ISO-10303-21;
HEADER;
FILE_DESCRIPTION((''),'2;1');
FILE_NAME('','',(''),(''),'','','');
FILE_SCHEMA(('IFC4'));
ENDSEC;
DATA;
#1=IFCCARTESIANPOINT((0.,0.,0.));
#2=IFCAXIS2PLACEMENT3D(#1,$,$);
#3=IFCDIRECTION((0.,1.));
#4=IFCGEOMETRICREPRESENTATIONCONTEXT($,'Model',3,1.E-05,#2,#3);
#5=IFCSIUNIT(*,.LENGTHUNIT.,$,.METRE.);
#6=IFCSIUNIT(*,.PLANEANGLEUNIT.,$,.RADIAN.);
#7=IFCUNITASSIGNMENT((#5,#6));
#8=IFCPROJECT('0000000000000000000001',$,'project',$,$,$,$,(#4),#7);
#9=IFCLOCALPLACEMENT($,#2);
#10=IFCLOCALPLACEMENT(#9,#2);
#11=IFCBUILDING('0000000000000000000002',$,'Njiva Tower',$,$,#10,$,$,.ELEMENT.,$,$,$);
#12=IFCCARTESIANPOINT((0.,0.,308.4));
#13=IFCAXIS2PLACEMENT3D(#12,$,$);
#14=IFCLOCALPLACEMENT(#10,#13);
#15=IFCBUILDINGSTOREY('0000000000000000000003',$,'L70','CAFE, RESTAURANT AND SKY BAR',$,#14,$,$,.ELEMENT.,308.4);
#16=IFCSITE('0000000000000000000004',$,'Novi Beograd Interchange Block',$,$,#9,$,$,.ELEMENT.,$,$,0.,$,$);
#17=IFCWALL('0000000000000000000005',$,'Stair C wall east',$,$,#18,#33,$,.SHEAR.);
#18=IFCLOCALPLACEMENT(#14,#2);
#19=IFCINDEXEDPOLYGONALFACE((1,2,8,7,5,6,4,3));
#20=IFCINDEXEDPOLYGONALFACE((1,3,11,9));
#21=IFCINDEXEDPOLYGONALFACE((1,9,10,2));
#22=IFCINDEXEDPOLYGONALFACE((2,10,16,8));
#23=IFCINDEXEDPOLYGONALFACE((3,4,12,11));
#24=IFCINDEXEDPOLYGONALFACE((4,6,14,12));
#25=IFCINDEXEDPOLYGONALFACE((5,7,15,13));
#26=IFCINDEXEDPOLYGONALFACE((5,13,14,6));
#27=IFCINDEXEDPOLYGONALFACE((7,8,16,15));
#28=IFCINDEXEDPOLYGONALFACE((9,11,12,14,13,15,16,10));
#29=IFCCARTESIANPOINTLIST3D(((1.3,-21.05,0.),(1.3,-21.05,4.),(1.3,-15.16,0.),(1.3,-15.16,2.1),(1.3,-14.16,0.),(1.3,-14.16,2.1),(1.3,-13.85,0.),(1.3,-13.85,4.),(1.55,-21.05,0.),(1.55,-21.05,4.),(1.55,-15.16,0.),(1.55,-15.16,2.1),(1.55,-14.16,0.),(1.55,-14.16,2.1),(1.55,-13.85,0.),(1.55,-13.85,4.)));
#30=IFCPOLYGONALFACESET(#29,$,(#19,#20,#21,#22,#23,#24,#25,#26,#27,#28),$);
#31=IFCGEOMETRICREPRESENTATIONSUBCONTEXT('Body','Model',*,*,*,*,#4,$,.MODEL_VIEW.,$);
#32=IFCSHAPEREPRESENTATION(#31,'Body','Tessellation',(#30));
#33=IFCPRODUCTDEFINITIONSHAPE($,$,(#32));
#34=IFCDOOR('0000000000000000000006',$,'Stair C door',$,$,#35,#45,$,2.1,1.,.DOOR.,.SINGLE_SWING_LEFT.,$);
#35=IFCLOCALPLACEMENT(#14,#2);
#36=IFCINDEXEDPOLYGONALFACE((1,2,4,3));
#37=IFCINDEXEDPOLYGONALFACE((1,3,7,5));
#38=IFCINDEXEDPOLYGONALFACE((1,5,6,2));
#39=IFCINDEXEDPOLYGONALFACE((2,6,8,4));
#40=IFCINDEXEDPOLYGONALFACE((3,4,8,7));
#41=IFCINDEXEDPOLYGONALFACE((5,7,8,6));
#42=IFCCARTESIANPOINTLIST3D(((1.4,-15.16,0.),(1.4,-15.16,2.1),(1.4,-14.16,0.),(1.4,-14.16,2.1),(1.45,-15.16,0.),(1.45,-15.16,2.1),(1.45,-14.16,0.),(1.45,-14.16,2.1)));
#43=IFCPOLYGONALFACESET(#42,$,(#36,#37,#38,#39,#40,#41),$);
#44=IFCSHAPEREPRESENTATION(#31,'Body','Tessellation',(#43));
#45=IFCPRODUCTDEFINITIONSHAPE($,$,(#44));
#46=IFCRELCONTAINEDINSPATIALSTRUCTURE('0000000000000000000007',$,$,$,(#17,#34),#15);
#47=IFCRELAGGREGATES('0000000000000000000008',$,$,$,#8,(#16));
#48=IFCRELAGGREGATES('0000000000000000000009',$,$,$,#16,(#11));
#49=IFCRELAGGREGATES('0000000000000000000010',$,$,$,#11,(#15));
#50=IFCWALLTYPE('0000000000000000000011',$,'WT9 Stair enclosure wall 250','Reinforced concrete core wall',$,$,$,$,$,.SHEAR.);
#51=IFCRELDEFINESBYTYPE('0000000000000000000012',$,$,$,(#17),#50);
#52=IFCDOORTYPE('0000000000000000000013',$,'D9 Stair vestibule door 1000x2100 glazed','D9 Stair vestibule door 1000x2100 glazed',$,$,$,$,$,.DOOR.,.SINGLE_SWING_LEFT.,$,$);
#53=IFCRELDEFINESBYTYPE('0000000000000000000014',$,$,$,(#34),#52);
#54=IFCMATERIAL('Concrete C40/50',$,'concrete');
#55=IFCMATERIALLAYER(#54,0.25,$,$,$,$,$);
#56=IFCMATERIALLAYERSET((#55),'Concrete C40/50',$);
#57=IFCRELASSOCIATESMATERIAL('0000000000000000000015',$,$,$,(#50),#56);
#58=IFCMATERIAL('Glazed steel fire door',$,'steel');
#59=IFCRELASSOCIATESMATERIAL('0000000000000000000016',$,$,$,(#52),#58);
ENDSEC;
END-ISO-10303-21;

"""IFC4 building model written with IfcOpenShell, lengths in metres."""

from ifc_helpers import new_model, si_unit, direction, frame, frame_2d, origin, place, context, subcontext, project, spatial, rectangle, extrude, material, layer, layer_set, type_object, element, fill, save


model = new_model("IFC4")

# Units and contexts
model_context = context("Model", 3, precision=1e-05, world=origin(), true_north=direction((0.0, 1.0)))
body_context = subcontext(model_context, "Body", "Model", "MODEL_VIEW")
ifc_project = project(units=[si_unit("LENGTHUNIT", "METRE"), si_unit("PLANEANGLEUNIT", "RADIAN")], contexts=[model_context])

# Site, building, storey
site_placement = place(None, origin())
site = spatial("IfcSite", under=ifc_project, at=site_placement, Name="Novi Beograd Interchange Block", CompositionType="ELEMENT", RefElevation=0.0)
building_placement = place(site_placement, origin())
building = spatial("IfcBuilding", under=site, at=building_placement, Name="Njiva Tower", CompositionType="ELEMENT")
storey_placement = place(building_placement, frame((0.0, 0.0, 308.4)))
storey = spatial("IfcBuildingStorey", under=building, at=storey_placement, Name="L70", Description="CAFE, RESTAURANT AND SKY BAR", CompositionType="ELEMENT", Elevation=308.4)

# Wall, opening, door
ifc_material_1 = material(Name="Concrete C40/50", Category="concrete")
ifc_layer_1 = layer(ifc_material_1, 0.25)
ifc_layer_set_1 = layer_set([ifc_layer_1], Name="Concrete C40/50")
wall_type_1 = type_object("IfcWallType", Name="WT9 Stair enclosure wall 250", Description="Reinforced concrete core wall", PredefinedType="SHEAR", material=ifc_layer_set_1)
wall_1_placement = place(storey_placement, frame((1.425, -21.05, 0.0), z_axis=(0.0, 0.0, 1.0), x_axis=(0.0, 1.0, 0.0)))
wall_1 = element("IfcWall", 1, at=wall_1_placement, inside=storey, type_object=wall_type_1, Name="Stair C wall east", PredefinedType="SHEAR", context=body_context, shape_type="SweptSolid", body=[
    extrude(rectangle(XDim=7.2, YDim=0.25, at=frame_2d((3.6, 0.0))), origin(), (0.0, 0.0, 1.0), 4.0),
])
opening_1_placement = place(wall_1_placement, frame((5.89, 0.0, 0.0)))
opening_1 = element("IfcOpeningElement", 2, at=opening_1_placement, cuts=wall_1, PredefinedType="OPENING", context=body_context, shape_type="SweptSolid", body=[
    extrude(rectangle(XDim=1.0, YDim=2.1, at=frame_2d((0.5, 1.05))), frame((0.0, 0.135, 0.0), z_axis=(0.0, -1.0, 0.0), x_axis=(1.0, 0.0, 0.0)), (0.0, 0.0, 1.0), 0.27),
])
ifc_material_2 = material(Name="Glazed steel fire door", Category="steel")
door_type = type_object("IfcDoorType", Name="D9 Stair vestibule door 1000x2100 glazed", Description="D9 Stair vestibule door 1000x2100 glazed", OperationType="SINGLE_SWING_LEFT", PredefinedType="DOOR", material=ifc_material_2)
door_placement = place(opening_1_placement, origin())
door = element("IfcDoor", 3, at=door_placement, inside=storey, type_object=door_type, Name="Stair C door", OperationType="SINGLE_SWING_LEFT", OverallHeight=2.1, OverallWidth=1.0, PredefinedType="DOOR", context=body_context, shape_type="SweptSolid", body=[
    extrude(rectangle(XDim=1.0, YDim=2.1, at=frame_2d((0.5, 1.05))), frame((0.0, 0.025, 0.0), z_axis=(0.0, -1.0, 0.0), x_axis=(1.0, 0.0, 0.0)), (0.0, 0.0, 1.0), 0.05),
])
fill(opening_1, door)

save(model, "model.ifc")
